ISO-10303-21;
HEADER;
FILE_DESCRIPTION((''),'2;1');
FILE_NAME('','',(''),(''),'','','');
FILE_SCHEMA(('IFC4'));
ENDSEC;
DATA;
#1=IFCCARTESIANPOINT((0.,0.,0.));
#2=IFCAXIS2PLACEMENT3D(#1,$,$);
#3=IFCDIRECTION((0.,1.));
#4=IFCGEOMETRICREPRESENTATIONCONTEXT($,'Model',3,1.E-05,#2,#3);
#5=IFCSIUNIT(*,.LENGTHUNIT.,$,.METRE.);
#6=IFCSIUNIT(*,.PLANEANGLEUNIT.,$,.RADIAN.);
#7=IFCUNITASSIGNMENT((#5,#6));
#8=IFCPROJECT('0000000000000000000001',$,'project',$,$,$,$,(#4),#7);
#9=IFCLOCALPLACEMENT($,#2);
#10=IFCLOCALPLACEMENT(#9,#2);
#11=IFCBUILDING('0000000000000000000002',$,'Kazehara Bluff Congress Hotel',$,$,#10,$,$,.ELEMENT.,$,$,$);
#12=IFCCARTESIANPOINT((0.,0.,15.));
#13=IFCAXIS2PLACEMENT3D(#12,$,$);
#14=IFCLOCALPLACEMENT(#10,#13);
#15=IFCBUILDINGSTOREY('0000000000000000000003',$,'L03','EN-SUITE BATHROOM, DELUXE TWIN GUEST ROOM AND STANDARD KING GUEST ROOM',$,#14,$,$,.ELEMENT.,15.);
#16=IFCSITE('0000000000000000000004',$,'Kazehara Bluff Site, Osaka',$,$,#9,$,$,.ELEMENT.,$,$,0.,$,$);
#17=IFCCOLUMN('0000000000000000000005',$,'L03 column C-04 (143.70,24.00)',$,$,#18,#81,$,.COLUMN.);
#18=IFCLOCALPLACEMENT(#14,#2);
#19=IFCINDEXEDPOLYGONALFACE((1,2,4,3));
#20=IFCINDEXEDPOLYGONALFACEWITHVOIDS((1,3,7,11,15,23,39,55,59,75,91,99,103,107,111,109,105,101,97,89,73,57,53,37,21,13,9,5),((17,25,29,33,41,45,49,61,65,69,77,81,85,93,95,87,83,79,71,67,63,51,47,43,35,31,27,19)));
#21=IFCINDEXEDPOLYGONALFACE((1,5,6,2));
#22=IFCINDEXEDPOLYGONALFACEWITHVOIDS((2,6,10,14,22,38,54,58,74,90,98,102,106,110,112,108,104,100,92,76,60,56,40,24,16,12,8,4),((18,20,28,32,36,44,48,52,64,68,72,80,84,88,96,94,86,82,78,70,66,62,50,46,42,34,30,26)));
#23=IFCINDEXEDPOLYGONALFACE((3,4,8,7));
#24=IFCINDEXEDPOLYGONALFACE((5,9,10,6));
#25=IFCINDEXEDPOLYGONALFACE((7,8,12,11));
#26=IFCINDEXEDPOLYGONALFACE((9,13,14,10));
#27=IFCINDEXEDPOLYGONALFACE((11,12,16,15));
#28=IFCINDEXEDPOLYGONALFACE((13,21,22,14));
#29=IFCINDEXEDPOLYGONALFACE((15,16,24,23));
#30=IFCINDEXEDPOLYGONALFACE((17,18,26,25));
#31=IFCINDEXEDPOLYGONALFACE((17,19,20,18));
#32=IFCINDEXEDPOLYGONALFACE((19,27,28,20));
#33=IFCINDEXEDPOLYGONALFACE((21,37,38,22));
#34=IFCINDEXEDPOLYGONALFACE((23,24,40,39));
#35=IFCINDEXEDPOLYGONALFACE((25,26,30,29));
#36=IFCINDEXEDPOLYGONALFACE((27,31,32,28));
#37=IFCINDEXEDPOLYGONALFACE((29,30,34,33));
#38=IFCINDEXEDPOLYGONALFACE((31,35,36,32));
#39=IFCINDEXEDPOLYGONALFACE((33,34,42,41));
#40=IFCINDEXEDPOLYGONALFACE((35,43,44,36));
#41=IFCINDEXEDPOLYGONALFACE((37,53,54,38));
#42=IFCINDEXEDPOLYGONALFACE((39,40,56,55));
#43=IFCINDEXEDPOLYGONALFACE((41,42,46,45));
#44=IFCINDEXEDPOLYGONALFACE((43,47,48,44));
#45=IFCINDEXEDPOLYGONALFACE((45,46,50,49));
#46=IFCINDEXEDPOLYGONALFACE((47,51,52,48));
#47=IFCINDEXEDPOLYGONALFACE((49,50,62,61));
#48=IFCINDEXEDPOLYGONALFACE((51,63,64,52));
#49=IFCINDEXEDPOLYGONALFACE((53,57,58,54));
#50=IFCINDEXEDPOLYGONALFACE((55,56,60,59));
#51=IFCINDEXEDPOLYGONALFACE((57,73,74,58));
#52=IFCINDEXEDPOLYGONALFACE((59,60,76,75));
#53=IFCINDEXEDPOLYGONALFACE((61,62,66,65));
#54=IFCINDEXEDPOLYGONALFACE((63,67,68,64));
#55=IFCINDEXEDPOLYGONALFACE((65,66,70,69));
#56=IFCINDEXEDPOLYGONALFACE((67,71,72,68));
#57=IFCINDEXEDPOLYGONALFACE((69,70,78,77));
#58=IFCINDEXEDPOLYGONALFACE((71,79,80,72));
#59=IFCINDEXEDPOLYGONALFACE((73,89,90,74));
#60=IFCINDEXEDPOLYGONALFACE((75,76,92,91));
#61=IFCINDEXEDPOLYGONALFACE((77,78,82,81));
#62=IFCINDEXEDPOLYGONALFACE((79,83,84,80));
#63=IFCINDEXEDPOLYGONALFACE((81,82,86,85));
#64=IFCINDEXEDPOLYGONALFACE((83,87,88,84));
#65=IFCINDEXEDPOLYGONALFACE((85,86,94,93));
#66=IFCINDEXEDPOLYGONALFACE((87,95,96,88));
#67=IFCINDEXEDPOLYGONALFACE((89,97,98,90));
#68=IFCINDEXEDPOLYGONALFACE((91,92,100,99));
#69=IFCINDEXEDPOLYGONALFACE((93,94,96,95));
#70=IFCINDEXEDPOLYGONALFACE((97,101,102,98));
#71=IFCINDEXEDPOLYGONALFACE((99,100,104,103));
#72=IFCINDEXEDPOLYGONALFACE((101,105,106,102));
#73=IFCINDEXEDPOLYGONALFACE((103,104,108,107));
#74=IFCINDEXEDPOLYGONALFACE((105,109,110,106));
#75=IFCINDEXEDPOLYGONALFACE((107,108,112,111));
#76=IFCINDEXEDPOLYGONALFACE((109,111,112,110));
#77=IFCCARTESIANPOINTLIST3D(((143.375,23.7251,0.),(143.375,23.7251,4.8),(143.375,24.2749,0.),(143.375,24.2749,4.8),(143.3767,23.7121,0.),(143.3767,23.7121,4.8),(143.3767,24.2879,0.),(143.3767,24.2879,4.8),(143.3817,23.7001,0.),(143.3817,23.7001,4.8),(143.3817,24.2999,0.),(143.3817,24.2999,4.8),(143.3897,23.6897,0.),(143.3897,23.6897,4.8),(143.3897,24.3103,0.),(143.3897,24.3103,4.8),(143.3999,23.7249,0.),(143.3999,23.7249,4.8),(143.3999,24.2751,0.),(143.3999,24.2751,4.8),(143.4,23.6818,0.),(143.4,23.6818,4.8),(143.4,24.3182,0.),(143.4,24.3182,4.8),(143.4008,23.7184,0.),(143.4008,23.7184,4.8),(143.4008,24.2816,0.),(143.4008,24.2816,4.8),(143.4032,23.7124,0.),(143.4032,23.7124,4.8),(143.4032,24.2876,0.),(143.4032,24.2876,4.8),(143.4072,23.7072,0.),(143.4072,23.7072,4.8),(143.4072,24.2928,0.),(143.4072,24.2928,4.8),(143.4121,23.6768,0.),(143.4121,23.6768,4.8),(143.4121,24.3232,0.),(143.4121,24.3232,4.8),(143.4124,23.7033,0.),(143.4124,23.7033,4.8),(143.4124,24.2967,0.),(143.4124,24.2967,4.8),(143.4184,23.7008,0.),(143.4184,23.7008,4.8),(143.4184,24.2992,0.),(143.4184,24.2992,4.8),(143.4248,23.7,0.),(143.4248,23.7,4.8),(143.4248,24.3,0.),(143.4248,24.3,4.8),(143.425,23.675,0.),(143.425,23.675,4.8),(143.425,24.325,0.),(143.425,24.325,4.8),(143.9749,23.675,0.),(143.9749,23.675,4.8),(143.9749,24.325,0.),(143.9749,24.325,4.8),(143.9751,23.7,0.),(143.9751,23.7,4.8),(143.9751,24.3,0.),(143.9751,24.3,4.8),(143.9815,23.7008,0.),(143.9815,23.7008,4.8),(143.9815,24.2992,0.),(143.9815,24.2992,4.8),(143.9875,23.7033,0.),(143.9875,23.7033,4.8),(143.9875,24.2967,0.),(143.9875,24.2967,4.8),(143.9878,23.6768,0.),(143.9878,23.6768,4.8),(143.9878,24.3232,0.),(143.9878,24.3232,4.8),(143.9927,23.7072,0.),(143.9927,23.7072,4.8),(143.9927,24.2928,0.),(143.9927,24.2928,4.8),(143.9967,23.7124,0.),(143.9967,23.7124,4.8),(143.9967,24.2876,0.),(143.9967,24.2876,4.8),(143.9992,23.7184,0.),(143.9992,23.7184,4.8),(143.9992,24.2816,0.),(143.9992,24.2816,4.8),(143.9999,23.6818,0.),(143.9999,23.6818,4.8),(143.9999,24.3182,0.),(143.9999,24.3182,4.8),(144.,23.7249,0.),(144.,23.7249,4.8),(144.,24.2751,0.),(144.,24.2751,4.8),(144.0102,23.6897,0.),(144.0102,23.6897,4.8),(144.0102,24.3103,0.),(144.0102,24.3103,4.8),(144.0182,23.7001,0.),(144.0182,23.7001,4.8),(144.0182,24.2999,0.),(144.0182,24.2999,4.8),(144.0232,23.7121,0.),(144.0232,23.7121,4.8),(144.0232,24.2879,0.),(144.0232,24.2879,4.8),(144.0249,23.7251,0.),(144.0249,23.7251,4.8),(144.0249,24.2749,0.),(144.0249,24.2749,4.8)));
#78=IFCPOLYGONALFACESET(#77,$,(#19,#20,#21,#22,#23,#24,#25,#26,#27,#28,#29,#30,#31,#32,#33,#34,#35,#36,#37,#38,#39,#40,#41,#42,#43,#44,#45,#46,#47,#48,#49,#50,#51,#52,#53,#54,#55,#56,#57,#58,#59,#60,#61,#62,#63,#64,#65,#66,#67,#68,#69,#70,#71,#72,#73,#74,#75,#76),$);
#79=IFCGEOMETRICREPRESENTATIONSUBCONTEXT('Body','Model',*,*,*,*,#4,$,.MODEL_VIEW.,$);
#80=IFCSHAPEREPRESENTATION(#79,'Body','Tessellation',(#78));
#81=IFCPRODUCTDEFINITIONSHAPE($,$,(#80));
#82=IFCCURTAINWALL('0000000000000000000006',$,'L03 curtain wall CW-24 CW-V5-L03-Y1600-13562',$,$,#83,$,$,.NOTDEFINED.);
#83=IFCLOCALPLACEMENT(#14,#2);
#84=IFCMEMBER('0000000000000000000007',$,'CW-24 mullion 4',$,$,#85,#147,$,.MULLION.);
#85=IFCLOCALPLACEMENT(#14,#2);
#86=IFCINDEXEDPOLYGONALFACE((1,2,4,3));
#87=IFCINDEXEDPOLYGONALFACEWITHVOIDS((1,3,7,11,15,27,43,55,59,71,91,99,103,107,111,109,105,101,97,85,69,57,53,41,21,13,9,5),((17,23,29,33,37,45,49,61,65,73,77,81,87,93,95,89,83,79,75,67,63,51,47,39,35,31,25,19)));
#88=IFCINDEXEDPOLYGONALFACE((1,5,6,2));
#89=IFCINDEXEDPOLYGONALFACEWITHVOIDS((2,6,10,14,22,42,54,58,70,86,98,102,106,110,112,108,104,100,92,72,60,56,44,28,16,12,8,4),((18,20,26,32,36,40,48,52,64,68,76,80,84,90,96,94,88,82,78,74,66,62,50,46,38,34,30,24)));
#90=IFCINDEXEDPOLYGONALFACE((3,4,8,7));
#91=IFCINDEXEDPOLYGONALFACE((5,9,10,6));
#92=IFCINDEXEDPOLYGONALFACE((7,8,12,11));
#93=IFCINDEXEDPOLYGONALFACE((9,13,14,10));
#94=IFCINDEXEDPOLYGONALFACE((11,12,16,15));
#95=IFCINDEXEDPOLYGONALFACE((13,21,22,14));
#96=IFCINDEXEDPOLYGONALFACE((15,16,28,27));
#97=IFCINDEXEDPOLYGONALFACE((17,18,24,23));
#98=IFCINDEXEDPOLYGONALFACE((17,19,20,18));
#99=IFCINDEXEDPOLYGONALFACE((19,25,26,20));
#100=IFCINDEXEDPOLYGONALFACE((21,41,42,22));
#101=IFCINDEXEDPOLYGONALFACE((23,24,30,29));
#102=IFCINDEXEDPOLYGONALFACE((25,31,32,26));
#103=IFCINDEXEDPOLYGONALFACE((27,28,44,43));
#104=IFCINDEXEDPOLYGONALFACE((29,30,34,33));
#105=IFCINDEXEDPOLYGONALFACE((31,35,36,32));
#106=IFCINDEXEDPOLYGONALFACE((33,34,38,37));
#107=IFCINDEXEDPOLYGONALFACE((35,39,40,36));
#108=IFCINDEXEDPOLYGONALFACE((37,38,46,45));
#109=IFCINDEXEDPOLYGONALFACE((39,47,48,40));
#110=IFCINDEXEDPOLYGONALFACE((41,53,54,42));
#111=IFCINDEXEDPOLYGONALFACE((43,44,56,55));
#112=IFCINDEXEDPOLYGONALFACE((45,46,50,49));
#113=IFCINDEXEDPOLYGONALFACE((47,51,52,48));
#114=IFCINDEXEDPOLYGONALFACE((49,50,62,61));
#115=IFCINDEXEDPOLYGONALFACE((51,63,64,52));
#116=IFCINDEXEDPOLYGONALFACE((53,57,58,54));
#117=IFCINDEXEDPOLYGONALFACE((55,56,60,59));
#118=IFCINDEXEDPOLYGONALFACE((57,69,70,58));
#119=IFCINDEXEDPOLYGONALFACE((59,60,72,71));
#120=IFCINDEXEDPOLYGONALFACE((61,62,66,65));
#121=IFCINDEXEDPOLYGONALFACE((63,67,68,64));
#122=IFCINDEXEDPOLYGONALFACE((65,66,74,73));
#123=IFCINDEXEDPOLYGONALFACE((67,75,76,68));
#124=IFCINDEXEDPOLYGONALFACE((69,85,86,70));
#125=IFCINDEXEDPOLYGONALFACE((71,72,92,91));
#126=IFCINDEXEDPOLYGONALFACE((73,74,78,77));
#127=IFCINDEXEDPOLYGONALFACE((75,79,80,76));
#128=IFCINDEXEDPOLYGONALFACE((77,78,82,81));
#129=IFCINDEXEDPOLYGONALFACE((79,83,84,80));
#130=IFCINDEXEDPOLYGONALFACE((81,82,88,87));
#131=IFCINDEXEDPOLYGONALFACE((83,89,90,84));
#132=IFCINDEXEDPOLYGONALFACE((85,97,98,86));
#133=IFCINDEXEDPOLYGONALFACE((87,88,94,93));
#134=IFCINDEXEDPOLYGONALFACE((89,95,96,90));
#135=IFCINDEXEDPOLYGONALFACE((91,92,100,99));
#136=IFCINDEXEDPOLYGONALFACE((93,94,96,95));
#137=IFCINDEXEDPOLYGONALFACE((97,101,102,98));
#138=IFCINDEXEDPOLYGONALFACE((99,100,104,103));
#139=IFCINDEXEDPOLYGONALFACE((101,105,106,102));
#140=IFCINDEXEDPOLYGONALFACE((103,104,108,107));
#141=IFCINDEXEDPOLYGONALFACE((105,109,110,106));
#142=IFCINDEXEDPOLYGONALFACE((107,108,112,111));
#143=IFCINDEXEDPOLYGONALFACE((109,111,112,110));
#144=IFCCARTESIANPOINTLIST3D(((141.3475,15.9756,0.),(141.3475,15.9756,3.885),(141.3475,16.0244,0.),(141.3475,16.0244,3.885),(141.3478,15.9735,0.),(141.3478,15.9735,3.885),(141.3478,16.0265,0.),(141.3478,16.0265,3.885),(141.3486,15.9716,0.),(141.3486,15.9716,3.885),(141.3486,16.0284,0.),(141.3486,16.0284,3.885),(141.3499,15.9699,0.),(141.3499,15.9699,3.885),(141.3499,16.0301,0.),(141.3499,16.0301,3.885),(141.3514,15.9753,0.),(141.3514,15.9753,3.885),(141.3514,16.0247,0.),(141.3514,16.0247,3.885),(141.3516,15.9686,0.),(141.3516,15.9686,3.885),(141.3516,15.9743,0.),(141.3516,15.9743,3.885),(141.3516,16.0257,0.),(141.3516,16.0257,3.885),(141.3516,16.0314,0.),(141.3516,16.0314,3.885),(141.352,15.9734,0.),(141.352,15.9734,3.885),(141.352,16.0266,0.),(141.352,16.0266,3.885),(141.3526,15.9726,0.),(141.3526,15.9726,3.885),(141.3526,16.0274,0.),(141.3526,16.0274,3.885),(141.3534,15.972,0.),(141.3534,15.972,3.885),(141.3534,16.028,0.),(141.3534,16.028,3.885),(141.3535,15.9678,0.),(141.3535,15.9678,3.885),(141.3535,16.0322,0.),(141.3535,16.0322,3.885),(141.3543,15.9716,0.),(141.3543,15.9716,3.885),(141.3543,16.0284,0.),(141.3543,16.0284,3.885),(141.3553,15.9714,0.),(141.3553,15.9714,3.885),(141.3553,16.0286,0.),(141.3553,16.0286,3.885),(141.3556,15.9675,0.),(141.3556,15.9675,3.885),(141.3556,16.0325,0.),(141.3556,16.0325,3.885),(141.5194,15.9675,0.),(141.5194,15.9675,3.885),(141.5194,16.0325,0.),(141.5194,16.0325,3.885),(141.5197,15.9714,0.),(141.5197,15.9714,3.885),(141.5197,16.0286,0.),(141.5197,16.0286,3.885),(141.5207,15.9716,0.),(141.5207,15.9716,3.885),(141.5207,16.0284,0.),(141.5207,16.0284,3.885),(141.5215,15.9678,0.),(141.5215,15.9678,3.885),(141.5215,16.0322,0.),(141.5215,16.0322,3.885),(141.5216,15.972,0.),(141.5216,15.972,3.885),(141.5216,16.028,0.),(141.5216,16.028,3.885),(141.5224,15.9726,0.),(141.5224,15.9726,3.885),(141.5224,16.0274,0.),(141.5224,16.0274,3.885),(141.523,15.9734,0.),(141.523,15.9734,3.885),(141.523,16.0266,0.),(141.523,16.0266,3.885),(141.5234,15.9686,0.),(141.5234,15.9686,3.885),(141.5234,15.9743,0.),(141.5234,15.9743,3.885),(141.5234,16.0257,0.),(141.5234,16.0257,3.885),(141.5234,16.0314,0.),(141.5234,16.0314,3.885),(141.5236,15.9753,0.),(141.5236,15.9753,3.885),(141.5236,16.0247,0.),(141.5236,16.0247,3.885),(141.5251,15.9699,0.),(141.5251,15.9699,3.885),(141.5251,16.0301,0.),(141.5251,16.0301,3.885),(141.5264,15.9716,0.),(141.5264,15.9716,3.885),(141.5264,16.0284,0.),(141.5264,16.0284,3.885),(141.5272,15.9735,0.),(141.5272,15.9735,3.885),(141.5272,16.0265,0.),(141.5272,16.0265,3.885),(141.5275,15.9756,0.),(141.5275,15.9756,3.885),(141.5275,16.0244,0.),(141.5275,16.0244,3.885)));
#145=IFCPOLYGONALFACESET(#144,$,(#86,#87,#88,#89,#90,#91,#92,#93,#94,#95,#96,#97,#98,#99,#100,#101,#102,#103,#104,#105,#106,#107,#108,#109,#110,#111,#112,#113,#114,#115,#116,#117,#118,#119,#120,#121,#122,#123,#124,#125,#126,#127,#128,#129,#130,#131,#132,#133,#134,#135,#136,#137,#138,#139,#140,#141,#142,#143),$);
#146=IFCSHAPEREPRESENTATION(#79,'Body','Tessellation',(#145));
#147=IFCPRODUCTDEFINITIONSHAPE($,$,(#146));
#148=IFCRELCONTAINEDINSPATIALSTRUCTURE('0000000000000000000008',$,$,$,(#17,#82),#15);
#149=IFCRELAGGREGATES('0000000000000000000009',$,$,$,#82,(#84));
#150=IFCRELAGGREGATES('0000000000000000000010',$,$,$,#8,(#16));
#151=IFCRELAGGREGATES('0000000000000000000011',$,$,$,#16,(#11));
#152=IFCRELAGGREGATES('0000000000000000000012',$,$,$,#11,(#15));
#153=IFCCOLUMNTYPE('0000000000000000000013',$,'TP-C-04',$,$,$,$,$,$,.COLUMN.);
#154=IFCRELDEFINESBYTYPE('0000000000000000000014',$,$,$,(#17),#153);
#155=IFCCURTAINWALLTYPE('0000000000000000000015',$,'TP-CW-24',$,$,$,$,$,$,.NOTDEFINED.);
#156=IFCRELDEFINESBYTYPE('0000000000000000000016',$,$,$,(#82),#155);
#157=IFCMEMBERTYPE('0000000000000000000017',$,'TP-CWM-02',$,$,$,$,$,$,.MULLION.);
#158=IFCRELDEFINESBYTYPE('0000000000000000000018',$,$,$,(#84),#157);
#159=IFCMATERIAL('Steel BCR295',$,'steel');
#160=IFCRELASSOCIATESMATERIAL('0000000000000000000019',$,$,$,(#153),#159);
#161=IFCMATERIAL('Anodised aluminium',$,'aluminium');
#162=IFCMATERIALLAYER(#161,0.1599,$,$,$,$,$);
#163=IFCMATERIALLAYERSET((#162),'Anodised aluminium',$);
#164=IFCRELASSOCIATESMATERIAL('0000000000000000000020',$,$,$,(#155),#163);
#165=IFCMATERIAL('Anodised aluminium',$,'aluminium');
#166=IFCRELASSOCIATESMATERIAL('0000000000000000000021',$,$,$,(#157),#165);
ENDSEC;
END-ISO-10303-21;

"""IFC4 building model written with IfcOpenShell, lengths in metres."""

from ifc_helpers import new_model, si_unit, direction, frame, origin, origin_2d, place, context, subcontext, project, spatial, hollow_rectangle, extrude, material, layer, layer_set, material_profile, profile_set, type_object, element, aggregate, save


model = new_model("IFC4")

# Units and contexts
model_context = context("Model", 3, precision=1e-05, world=origin(), true_north=direction((0.0, 1.0)))
body_context = subcontext(model_context, "Body", "Model", "MODEL_VIEW")
ifc_project = project(units=[si_unit("LENGTHUNIT", "METRE"), si_unit("PLANEANGLEUNIT", "RADIAN")], contexts=[model_context])

# Site, building, storey
site_placement = place(None, origin())
site = spatial("IfcSite", under=ifc_project, at=site_placement, Name="Kazehara Bluff Site, Osaka", CompositionType="ELEMENT", RefElevation=0.0)
building_placement = place(site_placement, origin())
building = spatial("IfcBuilding", under=site, at=building_placement, Name="Kazehara Bluff Congress Hotel", CompositionType="ELEMENT")
storey_placement = place(building_placement, frame((0.0, 0.0, 15.0)))
storey = spatial("IfcBuildingStorey", under=building, at=storey_placement, Name="L03", Description="EN-SUITE BATHROOM, DELUXE TWIN GUEST ROOM AND STANDARD KING GUEST ROOM", CompositionType="ELEMENT", Elevation=15.0)

# Column
ifc_material_1 = material(Name="Steel BCR295", Category="steel")
ifc_material_profile_1 = material_profile(ifc_material_1, hollow_rectangle(XDim=0.6499, YDim=0.6499, WallThickness=0.0249, InnerFilletRadius=0.0249, OuterFilletRadius=0.05, at=origin_2d()))
ifc_profile_set_1 = profile_set([ifc_material_profile_1], Name="Steel BCR295")
column_type = type_object("IfcColumnType", Name="TP-C-04", PredefinedType="COLUMN", material=ifc_profile_set_1)
for number, where, z_axis, x_axis, name in (
    (1, (143.7, 24.0, 0.0), (0.0, 0.0, 1.0), (1.0, 0.0, 0.0), "L03 column C-04 (143.70,24.00)"),
):
    element("IfcColumn", number, at=place(storey_placement, frame(where, z_axis=z_axis, x_axis=x_axis)), inside=storey, type_object=column_type, Name=name, PredefinedType="COLUMN", context=body_context, shape_type="SweptSolid", body=[
        extrude(hollow_rectangle(XDim=0.6499, YDim=0.6499, WallThickness=0.0249, InnerFilletRadius=0.0249, OuterFilletRadius=0.05, at=origin_2d()), origin(), (0.0, 0.0, 1.0), 4.8),
    ])

# Curtain wall, member
ifc_material_2 = material(Name="Anodised aluminium", Category="aluminium")
ifc_layer_1 = layer(ifc_material_2, 0.1599)
ifc_layer_set_1 = layer_set([ifc_layer_1], Name="Anodised aluminium")
curtain_wall_type = type_object("IfcCurtainWallType", Name="TP-CW-24", PredefinedType="NOTDEFINED", material=ifc_layer_set_1)
curtain_wall_1_placement = place(storey_placement, origin())
curtain_wall_1 = element("IfcCurtainWall", 2, at=curtain_wall_1_placement, inside=storey, type_object=curtain_wall_type, Name="L03 curtain wall CW-24 CW-V5-L03-Y1600-13562", PredefinedType="NOTDEFINED")
ifc_material_3 = material(Name="Anodised aluminium", Category="aluminium")
ifc_material_profile_2 = material_profile(ifc_material_3, hollow_rectangle(XDim=0.0649, YDim=0.1799, WallThickness=0.0039, InnerFilletRadius=0.0039, OuterFilletRadius=0.0081, at=origin_2d()))
ifc_profile_set_2 = profile_set([ifc_material_profile_2], Name="Anodised aluminium")
member_type_1 = type_object("IfcMemberType", Name="TP-CWM-02", PredefinedType="MULLION", material=ifc_profile_set_2)
member_1_placement = place(storey_placement, frame((141.4375, 16.0, 0.0), z_axis=(0.0, 0.0, 1.0), x_axis=(0.0, 1.0, 0.0)))
member_1 = element("IfcMember", 3, at=member_1_placement, type_object=member_type_1, Name="CW-24 mullion 4", PredefinedType="MULLION", context=body_context, shape_type="SweptSolid", body=[
    extrude(hollow_rectangle(XDim=0.0649, YDim=0.1799, WallThickness=0.0039, InnerFilletRadius=0.0039, OuterFilletRadius=0.0081, at=origin_2d()), origin(), (0.0, 0.0, 1.0), 3.885),
])

aggregate(curtain_wall_1, [member_1])

save(model, "model.ifc")
